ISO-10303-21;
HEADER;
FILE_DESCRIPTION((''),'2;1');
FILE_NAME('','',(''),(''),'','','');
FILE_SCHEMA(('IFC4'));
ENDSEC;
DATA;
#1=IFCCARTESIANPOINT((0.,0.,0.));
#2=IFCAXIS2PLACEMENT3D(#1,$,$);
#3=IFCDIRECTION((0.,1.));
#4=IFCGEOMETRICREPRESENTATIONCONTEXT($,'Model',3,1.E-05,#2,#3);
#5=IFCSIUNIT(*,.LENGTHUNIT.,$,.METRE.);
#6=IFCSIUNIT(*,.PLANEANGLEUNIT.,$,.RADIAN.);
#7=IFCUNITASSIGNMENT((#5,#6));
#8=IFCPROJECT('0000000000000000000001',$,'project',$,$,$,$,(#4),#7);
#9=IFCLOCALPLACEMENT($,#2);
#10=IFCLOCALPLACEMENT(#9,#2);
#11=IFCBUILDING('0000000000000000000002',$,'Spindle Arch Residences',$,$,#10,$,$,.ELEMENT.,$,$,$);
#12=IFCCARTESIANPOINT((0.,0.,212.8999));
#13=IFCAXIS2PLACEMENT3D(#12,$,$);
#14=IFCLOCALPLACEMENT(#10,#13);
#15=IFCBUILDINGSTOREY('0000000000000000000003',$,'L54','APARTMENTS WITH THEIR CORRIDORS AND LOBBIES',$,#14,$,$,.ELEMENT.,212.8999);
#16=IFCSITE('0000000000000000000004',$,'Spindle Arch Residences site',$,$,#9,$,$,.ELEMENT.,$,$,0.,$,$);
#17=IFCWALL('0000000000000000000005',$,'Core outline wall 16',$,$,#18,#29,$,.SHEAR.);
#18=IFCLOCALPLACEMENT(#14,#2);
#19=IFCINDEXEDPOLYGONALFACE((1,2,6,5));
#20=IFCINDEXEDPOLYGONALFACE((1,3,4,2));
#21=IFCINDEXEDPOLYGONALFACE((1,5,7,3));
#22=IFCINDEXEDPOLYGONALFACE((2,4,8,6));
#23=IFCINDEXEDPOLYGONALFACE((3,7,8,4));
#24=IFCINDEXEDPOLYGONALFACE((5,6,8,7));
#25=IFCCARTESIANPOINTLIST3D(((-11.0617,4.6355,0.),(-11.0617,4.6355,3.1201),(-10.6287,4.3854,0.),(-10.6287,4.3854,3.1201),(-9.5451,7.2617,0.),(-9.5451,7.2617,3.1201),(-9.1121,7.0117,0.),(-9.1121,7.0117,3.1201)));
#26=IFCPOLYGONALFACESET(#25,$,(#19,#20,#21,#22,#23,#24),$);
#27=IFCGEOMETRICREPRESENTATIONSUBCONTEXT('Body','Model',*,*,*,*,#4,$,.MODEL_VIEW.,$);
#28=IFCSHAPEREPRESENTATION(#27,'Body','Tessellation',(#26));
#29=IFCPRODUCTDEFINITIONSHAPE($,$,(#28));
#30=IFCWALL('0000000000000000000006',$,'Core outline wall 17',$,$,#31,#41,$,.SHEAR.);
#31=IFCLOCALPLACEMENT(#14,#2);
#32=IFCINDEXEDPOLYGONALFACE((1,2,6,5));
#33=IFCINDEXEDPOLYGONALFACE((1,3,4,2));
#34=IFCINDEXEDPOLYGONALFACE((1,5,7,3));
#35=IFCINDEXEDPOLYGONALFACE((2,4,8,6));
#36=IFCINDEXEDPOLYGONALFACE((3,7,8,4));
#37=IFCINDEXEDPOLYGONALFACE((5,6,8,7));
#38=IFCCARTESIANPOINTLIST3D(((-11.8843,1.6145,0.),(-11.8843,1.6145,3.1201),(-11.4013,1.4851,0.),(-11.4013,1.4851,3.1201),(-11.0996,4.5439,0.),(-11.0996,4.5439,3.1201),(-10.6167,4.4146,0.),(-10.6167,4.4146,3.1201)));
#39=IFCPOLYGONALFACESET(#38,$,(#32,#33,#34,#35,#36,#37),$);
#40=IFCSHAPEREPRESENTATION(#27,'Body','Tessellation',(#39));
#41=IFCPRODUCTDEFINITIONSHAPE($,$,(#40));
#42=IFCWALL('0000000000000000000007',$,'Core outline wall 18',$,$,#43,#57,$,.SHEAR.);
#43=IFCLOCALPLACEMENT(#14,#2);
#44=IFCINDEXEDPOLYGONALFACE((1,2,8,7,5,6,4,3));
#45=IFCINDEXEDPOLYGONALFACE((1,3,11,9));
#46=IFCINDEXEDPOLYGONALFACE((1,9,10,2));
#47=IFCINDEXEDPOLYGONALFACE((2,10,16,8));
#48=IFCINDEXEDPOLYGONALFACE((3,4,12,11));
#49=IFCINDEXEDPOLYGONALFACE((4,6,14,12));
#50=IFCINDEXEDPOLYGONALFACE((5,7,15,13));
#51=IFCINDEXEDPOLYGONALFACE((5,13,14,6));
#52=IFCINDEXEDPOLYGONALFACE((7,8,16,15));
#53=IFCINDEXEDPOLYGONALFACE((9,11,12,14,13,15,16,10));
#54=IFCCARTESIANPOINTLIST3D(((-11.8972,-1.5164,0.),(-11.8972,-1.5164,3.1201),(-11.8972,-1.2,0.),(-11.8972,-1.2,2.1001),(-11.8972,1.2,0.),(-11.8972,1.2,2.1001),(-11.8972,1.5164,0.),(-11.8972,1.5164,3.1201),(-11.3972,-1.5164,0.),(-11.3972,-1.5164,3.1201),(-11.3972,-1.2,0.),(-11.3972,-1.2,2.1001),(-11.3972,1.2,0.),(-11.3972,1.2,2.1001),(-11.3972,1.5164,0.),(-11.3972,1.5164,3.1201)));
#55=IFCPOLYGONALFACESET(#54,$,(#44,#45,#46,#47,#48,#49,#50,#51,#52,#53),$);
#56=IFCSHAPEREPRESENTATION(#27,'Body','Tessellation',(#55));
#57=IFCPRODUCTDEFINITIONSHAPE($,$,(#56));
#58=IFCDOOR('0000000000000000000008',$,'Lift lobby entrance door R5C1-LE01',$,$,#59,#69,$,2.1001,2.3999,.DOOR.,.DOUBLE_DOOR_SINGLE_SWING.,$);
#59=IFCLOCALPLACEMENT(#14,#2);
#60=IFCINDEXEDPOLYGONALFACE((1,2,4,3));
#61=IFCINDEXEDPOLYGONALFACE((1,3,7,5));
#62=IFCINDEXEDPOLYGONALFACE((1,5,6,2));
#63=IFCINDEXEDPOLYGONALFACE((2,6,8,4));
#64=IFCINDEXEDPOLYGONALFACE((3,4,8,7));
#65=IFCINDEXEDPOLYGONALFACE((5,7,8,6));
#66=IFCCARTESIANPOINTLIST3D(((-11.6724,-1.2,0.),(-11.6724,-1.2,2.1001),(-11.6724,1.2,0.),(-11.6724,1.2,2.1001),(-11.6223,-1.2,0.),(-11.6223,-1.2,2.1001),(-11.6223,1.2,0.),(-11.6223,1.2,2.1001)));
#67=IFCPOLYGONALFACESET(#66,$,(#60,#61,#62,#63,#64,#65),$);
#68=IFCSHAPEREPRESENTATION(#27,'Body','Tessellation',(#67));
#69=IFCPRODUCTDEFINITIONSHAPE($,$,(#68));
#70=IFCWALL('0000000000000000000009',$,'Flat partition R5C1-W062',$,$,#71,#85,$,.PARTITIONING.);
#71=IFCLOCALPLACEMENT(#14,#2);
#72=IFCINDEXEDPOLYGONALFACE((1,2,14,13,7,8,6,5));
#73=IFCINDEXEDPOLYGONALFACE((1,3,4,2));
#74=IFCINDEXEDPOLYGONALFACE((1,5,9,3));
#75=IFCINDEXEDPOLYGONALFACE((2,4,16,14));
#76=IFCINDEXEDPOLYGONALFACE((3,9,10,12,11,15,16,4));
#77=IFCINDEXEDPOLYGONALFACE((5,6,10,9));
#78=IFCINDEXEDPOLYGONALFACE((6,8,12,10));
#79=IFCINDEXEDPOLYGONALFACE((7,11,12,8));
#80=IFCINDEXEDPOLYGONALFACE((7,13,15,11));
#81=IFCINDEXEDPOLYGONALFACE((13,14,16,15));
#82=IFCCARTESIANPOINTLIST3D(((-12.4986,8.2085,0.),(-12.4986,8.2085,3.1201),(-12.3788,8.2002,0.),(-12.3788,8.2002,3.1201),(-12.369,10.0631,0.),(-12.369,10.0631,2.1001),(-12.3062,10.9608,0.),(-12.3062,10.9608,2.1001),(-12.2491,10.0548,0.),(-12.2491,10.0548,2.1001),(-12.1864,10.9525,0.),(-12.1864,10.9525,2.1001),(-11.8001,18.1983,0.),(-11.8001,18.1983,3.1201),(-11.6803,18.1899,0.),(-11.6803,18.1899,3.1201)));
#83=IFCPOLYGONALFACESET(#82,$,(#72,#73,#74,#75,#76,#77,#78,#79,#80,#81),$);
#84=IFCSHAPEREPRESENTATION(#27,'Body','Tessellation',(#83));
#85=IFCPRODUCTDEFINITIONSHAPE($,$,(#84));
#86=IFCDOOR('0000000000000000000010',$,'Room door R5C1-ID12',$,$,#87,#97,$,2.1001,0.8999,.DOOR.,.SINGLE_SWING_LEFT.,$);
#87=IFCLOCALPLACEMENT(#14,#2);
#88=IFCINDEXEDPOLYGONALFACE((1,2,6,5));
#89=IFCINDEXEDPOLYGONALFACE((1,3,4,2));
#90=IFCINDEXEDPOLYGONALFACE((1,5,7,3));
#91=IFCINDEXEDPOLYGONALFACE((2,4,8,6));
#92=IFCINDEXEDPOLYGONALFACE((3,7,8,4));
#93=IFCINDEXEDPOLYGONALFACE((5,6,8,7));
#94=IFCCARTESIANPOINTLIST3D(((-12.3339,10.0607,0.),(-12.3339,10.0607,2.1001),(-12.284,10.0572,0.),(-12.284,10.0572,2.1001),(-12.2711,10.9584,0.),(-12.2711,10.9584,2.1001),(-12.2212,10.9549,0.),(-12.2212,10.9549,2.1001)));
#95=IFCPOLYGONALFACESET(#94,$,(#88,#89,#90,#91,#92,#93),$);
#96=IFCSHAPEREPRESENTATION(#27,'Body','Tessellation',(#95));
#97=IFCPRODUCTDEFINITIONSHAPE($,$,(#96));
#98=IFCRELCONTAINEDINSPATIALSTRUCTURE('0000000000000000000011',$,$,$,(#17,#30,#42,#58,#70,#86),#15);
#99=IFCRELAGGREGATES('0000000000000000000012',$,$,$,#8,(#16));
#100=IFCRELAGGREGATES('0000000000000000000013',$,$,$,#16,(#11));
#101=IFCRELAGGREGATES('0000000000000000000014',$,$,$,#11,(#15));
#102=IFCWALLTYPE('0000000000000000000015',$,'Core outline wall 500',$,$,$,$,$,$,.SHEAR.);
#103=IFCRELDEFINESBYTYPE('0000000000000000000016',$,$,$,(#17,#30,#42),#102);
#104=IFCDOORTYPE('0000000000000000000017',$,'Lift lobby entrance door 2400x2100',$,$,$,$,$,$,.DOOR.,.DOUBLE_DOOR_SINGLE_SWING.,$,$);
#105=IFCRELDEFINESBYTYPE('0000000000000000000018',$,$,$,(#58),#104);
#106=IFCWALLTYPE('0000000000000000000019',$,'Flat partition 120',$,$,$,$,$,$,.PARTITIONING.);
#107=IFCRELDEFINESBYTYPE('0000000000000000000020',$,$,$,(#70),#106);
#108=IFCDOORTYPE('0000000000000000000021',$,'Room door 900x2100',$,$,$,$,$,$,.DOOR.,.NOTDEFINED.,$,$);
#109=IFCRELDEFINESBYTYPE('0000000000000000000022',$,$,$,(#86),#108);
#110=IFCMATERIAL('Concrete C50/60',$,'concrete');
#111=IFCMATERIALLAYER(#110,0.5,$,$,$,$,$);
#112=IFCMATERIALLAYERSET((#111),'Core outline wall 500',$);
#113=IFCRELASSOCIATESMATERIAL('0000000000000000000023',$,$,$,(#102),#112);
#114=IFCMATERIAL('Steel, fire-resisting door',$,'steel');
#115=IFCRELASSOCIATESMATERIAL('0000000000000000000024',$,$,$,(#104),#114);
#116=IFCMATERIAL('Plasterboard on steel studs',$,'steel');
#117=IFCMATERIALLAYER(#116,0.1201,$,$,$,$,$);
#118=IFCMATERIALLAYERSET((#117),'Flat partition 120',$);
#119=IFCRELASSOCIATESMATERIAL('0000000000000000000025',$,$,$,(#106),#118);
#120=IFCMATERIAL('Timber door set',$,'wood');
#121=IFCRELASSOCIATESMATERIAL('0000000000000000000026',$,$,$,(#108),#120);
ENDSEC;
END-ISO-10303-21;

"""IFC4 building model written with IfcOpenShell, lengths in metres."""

from ifc_helpers import new_model, si_unit, direction, frame, frame_2d, origin, place, context, subcontext, project, spatial, rectangle, extrude, material, layer, layer_set, type_object, element, fill, save


model = new_model("IFC4")

# Units and contexts
model_context = context("Model", 3, precision=1e-05, world=origin(), true_north=direction((0.0, 1.0)))
body_context = subcontext(model_context, "Body", "Model", "MODEL_VIEW")
ifc_project = project(units=[si_unit("LENGTHUNIT", "METRE"), si_unit("PLANEANGLEUNIT", "RADIAN")], contexts=[model_context])

# Site, building, storey
site_placement = place(None, origin())
site = spatial("IfcSite", under=ifc_project, at=site_placement, Name="Spindle Arch Residences site", CompositionType="ELEMENT", RefElevation=0.0)
building_placement = place(site_placement, origin())
building = spatial("IfcBuilding", under=site, at=building_placement, Name="Spindle Arch Residences", CompositionType="ELEMENT")
storey_placement = place(building_placement, frame((0.0, 0.0, 212.8999)))
storey = spatial("IfcBuildingStorey", under=building, at=storey_placement, Name="L54", Description="APARTMENTS WITH THEIR CORRIDORS AND LOBBIES", CompositionType="ELEMENT", Elevation=212.8999)

# Walls
ifc_material_1 = material(Name="Concrete C50/60", Category="concrete")
ifc_layer_1 = layer(ifc_material_1, 0.5)
ifc_layer_set_1 = layer_set([ifc_layer_1], Name="Core outline wall 500")
wall_type_1 = type_object("IfcWallType", Name="Core outline wall 500", PredefinedType="SHEAR", material=ifc_layer_set_1)
for number, where, z_axis, x_axis, name in (
    (1, (-9.3286, 7.1367, 0.0), (0.0, 0.0, 1.0), (-0.500087, -0.865975, 0.0), "Core outline wall 16"),
    (2, (-10.8582, 4.4792, 0.0), (0.0, 0.0, 1.0), (-0.258735, -0.965948, 0.0), "Core outline wall 17"),
):
    element("IfcWall", number, at=place(storey_placement, frame(where, z_axis=z_axis, x_axis=x_axis)), inside=storey, type_object=wall_type_1, Name=name, PredefinedType="SHEAR", context=body_context, shape_type="SweptSolid", body=[
        extrude(rectangle(XDim=3.0327, YDim=0.5, at=frame_2d((1.5164, 0.0))), origin(), (0.0, 0.0, 1.0), 3.1201),
    ])

# Walls, openings, doors
wall_1_placement = place(storey_placement, frame((-11.6472, 1.5164, 0.0), z_axis=(0.0, 0.0, 1.0), x_axis=(0.0, -1.0, 0.0)))
wall_1 = element("IfcWall", 3, at=wall_1_placement, inside=storey, type_object=wall_type_1, Name="Core outline wall 18", PredefinedType="SHEAR", context=body_context, shape_type="SweptSolid", body=[
    extrude(rectangle(XDim=3.0327, YDim=0.5, at=frame_2d((1.5164, 0.0))), origin(), (0.0, 0.0, 1.0), 3.1201),
])
opening_1_placement = place(wall_1_placement, frame((0.3164, 0.0, 0.0)))
opening_1 = element("IfcOpeningElement", 4, at=opening_1_placement, cuts=wall_1, PredefinedType="OPENING", context=body_context, shape_type="SweptSolid", body=[
    extrude(rectangle(XDim=2.3999, YDim=2.1001, at=frame_2d((1.2, 1.05))), frame((0.0, 0.26, 0.0), z_axis=(0.0, -1.0, 0.0), x_axis=(1.0, 0.0, 0.0)), (0.0, 0.0, 1.0), 0.52),
])
ifc_material_2 = material(Name="Steel, fire-resisting door", Category="steel")
door_type_1 = type_object("IfcDoorType", Name="Lift lobby entrance door 2400x2100", OperationType="DOUBLE_DOOR_SINGLE_SWING", PredefinedType="DOOR", material=ifc_material_2)
door_1_placement = place(opening_1_placement, origin())
door_1 = element("IfcDoor", 5, at=door_1_placement, inside=storey, type_object=door_type_1, Name="Lift lobby entrance door R5C1-LE01", OperationType="DOUBLE_DOOR_SINGLE_SWING", OverallHeight=2.1001, OverallWidth=2.3999, PredefinedType="DOOR", context=body_context, shape_type="SweptSolid", body=[
    extrude(rectangle(XDim=2.3999, YDim=2.1001, at=frame_2d((1.2, 1.05))), frame((0.0, 0.0249, 0.0), z_axis=(0.0, -1.0, 0.0), x_axis=(1.0, 0.0, 0.0)), (0.0, 0.0, 1.0), 0.05),
])
fill(opening_1, door_1)
ifc_material_3 = material(Name="Plasterboard on steel studs", Category="steel")
ifc_layer_2 = layer(ifc_material_3, 0.1201)
ifc_layer_set_2 = layer_set([ifc_layer_2], Name="Flat partition 120")
wall_type_2 = type_object("IfcWallType", Name="Flat partition 120", PredefinedType="PARTITIONING", material=ifc_layer_set_2)
wall_2_placement = place(storey_placement, frame((-12.4387, 8.2043, 0.0), z_axis=(0.0, 0.0, 1.0), x_axis=(0.06975, 0.997565, 0.0)))
wall_2 = element("IfcWall", 6, at=wall_2_placement, inside=storey, type_object=wall_type_2, Name="Flat partition R5C1-W062", PredefinedType="PARTITIONING", context=body_context, shape_type="SweptSolid", body=[
    extrude(rectangle(XDim=10.0142, YDim=0.1201, at=frame_2d((5.0071, 0.0))), origin(), (0.0, 0.0, 1.0), 3.1201),
])
opening_2_placement = place(wall_2_placement, frame((1.8591, 0.0, 0.0)))
opening_2 = element("IfcOpeningElement", 7, at=opening_2_placement, cuts=wall_2, PredefinedType="OPENING", context=body_context, shape_type="SweptSolid", body=[
    extrude(rectangle(XDim=0.8999, YDim=2.1001, at=frame_2d((0.45, 1.05))), frame((0.0, 0.0701, 0.0), z_axis=(0.0, -1.0, 0.0), x_axis=(1.0, 0.0, 0.0)), (0.0, 0.0, 1.0), 0.1401),
])
ifc_material_4 = material(Name="Timber door set", Category="wood")
door_type_2 = type_object("IfcDoorType", Name="Room door 900x2100", OperationType="NOTDEFINED", PredefinedType="DOOR", material=ifc_material_4)
door_2_placement = place(opening_2_placement, origin())
door_2 = element("IfcDoor", 8, at=door_2_placement, inside=storey, type_object=door_type_2, Name="Room door R5C1-ID12", OperationType="SINGLE_SWING_LEFT", OverallHeight=2.1001, OverallWidth=0.8999, PredefinedType="DOOR", context=body_context, shape_type="SweptSolid", body=[
    extrude(rectangle(XDim=0.8999, YDim=2.1001, at=frame_2d((0.45, 1.05))), frame((0.0, 0.0249, 0.0), z_axis=(0.0, -1.0, 0.0), x_axis=(1.0, 0.0, 0.0)), (0.0, 0.0, 1.0), 0.05),
])
fill(opening_2, door_2)

save(model, "model.ifc")
